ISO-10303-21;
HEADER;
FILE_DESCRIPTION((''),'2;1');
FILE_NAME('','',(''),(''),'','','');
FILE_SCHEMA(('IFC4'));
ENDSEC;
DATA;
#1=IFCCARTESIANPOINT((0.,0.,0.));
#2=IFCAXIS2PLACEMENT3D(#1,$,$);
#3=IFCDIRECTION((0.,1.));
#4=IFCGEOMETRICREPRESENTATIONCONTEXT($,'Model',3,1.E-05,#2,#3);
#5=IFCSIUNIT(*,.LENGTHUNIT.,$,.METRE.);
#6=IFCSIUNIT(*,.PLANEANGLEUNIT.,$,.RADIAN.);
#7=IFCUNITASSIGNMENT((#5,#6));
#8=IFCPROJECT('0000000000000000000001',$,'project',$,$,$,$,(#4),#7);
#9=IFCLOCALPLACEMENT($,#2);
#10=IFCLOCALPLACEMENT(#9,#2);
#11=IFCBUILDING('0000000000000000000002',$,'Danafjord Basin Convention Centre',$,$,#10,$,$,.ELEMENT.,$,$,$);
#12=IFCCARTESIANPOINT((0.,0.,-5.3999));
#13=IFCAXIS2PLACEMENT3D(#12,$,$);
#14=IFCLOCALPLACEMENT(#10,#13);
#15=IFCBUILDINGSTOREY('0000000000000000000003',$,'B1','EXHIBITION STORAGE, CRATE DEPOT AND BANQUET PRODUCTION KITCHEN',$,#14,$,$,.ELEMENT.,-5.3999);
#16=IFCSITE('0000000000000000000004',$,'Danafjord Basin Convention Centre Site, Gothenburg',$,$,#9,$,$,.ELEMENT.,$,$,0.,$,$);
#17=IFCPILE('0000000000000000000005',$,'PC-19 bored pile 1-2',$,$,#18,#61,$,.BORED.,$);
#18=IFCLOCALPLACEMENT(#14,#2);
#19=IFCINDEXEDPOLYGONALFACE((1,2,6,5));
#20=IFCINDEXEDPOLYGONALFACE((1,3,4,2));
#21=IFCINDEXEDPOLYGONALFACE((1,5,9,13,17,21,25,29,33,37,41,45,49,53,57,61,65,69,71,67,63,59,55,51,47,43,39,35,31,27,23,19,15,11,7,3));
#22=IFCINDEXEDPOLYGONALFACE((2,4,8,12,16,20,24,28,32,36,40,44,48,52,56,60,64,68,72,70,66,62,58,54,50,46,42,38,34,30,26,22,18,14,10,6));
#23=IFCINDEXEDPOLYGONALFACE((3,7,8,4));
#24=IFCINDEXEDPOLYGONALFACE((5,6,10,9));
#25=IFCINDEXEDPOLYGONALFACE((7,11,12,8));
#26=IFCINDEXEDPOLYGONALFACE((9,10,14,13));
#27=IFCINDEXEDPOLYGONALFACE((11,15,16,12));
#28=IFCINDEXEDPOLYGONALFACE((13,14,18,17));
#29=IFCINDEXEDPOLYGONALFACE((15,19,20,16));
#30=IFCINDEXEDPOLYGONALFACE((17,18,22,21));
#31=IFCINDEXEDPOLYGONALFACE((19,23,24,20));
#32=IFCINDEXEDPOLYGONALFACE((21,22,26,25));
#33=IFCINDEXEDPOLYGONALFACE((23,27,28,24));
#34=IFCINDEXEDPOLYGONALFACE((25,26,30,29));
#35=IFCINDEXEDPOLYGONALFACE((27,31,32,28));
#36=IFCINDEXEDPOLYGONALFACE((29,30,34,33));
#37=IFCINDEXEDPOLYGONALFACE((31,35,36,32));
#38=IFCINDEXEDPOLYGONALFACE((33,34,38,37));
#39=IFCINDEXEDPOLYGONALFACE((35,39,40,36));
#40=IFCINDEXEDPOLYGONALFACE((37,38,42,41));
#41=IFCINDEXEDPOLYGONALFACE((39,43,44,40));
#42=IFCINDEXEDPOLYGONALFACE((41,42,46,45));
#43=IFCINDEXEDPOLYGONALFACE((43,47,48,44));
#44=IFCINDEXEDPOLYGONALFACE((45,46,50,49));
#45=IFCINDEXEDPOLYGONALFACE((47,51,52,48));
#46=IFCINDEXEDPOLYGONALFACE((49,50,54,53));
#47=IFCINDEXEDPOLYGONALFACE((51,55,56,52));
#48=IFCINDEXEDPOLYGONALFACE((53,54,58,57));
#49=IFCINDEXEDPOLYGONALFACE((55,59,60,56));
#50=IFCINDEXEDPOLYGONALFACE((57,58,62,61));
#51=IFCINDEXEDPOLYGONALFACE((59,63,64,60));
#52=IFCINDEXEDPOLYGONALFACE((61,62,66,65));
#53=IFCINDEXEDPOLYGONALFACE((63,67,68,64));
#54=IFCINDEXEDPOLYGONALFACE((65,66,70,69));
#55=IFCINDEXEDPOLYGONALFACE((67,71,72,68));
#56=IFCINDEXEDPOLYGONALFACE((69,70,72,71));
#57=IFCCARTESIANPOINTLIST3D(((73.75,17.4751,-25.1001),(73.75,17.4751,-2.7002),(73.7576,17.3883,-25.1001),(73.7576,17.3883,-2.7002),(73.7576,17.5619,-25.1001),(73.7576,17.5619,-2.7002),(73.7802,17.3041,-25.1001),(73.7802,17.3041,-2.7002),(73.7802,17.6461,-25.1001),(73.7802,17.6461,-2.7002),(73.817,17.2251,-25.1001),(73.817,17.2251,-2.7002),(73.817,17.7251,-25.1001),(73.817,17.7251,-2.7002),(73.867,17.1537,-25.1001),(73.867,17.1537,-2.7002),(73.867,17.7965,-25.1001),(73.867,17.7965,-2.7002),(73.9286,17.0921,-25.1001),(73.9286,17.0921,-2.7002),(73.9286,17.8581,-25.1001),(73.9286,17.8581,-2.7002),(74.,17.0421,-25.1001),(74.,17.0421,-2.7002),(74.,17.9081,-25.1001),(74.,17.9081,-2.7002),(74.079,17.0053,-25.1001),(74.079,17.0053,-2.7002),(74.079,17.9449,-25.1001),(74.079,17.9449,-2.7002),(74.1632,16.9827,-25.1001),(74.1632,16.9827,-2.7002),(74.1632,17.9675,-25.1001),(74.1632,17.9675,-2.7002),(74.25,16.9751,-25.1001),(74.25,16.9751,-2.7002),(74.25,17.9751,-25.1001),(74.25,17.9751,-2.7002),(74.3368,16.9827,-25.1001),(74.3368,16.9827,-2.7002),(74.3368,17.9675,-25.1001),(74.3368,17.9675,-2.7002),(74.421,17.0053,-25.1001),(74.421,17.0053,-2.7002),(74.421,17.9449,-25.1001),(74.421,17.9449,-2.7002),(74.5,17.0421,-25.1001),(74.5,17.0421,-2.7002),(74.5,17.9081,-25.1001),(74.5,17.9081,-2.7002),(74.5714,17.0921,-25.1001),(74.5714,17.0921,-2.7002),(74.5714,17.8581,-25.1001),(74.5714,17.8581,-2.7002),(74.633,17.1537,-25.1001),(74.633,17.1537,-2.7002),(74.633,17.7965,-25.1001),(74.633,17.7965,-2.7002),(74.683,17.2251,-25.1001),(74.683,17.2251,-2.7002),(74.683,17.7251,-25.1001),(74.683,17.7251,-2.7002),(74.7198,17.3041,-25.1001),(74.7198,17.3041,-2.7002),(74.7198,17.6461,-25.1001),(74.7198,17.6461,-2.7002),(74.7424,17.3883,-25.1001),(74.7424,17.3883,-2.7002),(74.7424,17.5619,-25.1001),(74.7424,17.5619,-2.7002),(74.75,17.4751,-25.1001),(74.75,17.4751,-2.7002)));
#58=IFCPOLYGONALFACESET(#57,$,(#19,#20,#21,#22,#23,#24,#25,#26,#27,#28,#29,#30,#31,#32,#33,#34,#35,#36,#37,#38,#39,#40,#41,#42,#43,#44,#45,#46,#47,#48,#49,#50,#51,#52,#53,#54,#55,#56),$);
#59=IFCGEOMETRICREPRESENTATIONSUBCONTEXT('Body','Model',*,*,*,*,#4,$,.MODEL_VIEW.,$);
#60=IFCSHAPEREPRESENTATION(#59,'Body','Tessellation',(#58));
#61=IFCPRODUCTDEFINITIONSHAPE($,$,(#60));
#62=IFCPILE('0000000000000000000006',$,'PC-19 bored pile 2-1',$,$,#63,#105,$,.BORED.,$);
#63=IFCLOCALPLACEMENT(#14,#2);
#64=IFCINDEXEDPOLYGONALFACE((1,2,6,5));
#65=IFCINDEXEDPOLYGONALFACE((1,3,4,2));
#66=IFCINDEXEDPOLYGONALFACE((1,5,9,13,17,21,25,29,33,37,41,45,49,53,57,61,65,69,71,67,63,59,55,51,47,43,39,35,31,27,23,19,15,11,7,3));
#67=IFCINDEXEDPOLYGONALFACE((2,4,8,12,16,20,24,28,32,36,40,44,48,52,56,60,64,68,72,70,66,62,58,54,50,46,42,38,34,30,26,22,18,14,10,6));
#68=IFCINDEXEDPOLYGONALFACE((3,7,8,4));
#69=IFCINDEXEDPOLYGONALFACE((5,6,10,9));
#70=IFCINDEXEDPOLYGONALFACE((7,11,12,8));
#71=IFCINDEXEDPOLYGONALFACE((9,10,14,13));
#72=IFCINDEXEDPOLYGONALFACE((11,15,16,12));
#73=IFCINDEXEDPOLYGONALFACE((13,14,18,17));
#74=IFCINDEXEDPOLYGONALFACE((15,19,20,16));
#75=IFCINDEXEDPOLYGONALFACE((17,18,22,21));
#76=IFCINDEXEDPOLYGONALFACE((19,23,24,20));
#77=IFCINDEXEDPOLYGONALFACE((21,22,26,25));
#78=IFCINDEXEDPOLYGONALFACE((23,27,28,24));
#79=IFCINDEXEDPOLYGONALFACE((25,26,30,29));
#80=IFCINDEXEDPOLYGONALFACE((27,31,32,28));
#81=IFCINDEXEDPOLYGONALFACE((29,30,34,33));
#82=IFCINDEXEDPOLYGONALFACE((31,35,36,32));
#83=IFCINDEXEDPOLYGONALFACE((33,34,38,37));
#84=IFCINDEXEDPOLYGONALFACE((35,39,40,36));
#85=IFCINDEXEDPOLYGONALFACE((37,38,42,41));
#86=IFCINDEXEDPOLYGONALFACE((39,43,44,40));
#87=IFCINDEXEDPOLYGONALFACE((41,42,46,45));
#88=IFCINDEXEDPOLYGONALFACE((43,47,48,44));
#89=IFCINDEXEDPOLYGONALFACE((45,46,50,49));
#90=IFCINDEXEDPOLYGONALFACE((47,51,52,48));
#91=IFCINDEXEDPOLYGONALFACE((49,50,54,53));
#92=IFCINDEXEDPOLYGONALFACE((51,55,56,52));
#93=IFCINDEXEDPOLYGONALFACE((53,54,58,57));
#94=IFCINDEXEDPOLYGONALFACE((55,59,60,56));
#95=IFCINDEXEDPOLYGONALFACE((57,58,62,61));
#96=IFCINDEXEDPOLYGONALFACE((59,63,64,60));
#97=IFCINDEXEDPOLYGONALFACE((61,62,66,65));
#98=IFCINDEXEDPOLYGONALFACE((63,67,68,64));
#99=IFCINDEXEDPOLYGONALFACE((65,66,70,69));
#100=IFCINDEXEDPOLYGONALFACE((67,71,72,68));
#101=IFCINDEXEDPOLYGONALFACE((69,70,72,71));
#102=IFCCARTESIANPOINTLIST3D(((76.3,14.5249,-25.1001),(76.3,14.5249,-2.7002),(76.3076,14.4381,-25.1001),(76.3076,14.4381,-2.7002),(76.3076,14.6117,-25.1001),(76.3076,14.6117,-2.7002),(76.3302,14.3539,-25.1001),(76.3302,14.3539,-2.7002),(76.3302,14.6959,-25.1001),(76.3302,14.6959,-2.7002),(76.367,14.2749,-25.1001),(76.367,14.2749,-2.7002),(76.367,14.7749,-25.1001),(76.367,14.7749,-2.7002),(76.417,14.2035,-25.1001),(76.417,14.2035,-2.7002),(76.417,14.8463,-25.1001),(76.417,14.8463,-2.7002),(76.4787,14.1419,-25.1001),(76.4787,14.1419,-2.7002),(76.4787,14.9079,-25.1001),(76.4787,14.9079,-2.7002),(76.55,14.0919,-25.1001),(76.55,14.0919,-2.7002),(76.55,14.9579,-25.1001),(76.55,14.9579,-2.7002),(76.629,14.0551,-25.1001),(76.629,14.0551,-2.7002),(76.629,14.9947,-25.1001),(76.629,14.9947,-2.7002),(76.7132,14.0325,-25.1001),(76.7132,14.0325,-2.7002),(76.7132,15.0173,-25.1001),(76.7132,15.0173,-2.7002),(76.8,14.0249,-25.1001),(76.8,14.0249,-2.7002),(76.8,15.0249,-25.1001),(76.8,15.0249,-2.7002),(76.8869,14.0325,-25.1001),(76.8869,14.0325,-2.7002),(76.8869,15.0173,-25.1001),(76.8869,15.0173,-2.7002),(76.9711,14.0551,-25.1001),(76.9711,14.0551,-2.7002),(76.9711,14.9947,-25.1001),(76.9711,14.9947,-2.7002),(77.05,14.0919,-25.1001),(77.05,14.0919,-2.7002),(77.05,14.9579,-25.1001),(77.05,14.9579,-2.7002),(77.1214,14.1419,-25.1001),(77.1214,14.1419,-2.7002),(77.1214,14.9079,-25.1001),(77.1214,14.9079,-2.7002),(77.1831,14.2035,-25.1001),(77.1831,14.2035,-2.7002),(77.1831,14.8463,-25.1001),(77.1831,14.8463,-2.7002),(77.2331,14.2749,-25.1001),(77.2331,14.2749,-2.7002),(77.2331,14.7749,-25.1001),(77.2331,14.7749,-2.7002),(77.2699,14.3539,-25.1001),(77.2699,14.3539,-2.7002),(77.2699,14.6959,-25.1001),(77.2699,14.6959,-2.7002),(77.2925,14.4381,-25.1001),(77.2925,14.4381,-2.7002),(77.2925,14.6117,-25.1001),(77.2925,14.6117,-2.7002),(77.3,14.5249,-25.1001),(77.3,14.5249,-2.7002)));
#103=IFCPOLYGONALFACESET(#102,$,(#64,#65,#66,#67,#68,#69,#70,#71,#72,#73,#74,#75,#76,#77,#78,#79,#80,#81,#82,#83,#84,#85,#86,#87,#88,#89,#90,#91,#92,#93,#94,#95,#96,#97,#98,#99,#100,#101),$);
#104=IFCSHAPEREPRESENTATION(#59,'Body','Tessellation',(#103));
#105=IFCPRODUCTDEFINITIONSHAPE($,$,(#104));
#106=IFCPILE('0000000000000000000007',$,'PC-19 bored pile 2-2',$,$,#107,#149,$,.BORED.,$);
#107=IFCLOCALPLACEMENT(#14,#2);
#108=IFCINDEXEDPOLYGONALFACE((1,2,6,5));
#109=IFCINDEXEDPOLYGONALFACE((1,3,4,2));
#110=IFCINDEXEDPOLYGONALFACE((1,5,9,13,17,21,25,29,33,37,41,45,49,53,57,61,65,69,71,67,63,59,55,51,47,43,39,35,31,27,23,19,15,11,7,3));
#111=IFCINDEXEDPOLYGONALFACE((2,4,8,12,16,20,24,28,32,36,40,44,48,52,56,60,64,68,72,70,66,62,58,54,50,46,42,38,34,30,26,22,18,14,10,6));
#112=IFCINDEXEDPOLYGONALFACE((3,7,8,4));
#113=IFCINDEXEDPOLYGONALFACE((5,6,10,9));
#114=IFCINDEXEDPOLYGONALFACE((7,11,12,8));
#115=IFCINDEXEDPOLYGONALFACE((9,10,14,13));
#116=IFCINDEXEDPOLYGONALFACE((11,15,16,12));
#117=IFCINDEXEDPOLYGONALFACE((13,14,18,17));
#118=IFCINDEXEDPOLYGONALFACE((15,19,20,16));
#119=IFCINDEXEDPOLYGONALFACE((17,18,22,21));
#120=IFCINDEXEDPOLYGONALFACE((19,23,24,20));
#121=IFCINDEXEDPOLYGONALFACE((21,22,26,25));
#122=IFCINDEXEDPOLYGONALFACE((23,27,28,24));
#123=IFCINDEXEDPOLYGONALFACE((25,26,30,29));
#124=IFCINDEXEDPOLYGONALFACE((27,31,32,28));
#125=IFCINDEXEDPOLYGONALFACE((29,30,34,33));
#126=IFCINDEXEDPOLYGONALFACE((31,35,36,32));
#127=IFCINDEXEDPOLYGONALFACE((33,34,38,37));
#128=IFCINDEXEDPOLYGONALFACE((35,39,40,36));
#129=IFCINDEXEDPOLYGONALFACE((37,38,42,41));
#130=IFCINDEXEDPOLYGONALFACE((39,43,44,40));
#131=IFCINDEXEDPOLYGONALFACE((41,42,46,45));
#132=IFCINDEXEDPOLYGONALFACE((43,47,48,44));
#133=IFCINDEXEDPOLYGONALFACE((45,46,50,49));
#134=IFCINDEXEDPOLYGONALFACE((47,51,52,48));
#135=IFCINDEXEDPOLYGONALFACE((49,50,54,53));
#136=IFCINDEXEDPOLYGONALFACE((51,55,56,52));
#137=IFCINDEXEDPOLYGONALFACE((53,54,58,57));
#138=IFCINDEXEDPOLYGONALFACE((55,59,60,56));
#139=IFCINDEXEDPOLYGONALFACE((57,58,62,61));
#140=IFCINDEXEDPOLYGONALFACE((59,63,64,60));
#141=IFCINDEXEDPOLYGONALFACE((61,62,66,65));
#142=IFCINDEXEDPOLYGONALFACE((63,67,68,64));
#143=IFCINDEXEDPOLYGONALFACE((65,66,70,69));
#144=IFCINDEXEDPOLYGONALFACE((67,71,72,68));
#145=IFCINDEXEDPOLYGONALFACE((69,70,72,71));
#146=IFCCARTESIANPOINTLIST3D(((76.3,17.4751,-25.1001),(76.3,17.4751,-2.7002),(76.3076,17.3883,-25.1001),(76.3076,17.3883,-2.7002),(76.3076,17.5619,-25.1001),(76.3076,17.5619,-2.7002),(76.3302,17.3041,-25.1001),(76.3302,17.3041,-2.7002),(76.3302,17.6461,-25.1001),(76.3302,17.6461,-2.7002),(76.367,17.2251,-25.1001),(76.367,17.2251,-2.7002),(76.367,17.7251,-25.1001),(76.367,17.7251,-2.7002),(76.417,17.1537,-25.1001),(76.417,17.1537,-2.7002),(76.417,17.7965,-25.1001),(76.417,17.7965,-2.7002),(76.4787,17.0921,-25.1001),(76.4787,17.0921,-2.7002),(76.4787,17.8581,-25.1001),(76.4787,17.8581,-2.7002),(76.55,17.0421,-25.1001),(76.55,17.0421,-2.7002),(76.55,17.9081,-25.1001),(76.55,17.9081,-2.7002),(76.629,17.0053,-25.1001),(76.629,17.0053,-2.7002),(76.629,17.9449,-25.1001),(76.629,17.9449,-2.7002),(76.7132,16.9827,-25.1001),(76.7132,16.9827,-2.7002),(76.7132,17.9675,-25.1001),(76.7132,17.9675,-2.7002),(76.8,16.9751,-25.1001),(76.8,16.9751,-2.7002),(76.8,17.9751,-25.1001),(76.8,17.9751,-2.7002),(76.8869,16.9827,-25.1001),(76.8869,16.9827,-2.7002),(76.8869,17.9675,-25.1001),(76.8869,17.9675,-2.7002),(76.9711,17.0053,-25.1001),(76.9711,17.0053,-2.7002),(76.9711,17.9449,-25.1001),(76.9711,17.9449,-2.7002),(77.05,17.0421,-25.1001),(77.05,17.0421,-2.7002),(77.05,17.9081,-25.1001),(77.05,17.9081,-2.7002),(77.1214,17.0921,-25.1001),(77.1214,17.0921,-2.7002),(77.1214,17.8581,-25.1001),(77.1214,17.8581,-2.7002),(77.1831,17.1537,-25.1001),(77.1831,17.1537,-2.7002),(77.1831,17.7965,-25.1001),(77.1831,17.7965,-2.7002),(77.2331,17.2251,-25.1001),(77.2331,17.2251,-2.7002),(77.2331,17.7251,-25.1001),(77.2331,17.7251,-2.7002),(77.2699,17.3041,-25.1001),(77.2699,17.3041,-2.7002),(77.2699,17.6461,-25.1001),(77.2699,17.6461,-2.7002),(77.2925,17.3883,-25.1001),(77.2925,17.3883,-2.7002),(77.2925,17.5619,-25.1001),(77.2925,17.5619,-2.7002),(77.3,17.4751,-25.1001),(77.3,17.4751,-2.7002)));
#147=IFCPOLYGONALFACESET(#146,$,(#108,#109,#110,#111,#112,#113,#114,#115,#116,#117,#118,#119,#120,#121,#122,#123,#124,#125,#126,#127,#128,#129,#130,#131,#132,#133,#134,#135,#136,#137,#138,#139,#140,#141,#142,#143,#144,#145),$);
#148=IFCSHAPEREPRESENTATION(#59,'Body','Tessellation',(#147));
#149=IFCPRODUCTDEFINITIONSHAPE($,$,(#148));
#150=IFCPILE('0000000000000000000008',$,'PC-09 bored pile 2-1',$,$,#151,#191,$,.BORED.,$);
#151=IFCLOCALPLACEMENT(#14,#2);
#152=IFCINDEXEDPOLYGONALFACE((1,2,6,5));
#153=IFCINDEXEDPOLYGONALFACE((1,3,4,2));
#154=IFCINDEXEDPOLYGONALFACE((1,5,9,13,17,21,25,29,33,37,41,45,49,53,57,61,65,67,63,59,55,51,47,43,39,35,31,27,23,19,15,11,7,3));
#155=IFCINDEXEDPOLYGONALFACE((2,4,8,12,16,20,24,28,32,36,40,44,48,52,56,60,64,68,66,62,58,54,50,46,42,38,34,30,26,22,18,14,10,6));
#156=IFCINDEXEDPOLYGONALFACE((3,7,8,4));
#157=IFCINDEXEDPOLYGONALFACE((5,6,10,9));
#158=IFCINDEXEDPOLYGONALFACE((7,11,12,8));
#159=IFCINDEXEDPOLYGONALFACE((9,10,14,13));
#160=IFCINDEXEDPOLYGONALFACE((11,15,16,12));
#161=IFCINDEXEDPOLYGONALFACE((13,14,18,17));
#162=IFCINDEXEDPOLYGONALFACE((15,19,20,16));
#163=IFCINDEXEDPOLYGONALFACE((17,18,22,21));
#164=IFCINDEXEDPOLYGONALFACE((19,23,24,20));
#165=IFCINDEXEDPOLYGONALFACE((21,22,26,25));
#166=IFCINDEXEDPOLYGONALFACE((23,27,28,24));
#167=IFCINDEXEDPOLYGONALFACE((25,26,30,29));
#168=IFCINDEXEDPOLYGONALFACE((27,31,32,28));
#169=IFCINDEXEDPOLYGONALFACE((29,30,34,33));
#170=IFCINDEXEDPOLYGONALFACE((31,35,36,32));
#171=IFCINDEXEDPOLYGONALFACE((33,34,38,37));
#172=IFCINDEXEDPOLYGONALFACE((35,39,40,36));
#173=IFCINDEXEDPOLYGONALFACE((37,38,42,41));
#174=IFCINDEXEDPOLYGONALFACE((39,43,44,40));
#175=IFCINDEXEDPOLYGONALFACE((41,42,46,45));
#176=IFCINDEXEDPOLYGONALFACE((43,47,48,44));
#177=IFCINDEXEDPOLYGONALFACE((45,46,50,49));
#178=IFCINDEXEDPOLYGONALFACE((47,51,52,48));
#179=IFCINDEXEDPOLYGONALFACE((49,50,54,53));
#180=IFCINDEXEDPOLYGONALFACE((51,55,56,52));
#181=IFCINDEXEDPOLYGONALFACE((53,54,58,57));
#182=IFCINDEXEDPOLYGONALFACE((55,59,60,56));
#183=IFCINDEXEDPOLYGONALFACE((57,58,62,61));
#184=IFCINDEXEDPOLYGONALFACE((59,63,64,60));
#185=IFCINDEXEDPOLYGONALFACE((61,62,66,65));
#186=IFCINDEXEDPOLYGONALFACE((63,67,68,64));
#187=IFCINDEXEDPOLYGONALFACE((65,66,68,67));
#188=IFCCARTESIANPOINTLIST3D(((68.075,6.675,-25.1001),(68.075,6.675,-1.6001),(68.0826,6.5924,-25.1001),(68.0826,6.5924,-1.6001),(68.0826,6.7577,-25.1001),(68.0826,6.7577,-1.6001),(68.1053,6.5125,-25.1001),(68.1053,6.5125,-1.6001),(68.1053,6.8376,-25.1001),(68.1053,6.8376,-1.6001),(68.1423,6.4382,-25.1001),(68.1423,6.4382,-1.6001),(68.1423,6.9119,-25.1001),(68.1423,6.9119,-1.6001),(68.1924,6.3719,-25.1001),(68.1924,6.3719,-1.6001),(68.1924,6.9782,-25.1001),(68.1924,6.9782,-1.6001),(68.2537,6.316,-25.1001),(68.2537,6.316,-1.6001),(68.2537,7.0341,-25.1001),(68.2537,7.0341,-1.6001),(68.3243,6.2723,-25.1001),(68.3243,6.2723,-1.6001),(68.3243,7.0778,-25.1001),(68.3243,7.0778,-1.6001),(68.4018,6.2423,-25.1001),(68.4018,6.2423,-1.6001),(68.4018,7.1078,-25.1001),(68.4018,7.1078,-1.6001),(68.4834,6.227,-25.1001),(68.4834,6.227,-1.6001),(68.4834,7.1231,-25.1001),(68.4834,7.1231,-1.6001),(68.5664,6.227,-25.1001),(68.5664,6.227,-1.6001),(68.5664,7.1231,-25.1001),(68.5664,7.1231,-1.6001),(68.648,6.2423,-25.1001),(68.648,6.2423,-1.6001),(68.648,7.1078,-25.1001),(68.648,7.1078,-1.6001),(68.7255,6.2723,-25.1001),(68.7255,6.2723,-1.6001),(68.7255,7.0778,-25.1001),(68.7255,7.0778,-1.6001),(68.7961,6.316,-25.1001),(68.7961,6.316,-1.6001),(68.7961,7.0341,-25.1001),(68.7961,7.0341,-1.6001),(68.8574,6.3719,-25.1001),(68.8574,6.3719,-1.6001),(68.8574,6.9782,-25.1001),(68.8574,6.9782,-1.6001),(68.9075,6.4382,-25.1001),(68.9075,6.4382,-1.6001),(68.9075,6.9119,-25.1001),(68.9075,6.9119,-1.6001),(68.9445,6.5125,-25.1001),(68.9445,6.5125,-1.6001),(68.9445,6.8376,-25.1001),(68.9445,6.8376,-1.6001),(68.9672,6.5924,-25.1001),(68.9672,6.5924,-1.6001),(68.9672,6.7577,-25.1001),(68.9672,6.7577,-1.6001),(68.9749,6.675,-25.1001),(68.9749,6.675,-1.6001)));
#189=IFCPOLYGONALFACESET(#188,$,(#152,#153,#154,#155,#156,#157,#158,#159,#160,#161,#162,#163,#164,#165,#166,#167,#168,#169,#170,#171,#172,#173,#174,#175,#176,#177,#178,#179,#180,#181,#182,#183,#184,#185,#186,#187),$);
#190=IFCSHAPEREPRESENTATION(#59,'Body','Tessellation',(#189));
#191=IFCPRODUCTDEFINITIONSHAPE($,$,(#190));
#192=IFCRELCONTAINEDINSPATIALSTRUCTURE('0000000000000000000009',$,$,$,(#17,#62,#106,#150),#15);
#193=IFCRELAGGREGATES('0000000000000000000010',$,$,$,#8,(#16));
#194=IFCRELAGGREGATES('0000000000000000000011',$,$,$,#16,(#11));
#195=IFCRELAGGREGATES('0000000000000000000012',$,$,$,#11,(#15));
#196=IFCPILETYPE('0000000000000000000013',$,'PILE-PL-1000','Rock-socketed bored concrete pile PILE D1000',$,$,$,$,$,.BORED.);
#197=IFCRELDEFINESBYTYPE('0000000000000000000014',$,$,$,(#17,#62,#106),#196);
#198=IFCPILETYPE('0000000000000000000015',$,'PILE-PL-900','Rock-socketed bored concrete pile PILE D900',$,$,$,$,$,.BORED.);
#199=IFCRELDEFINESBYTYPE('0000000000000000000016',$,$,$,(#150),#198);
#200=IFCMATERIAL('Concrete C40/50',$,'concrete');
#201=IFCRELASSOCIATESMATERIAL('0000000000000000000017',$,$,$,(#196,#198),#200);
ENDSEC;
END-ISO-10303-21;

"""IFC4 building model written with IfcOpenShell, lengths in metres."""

from ifc_helpers import new_model, si_unit, direction, frame, origin, origin_2d, place, context, subcontext, project, spatial, circle, extrude, material, material_profile, profile_set, type_object, element, save


model = new_model("IFC4")

# Units and contexts
model_context = context("Model", 3, precision=1e-05, world=origin(), true_north=direction((0.0, 1.0)))
body_context = subcontext(model_context, "Body", "Model", "MODEL_VIEW")
ifc_project = project(units=[si_unit("LENGTHUNIT", "METRE"), si_unit("PLANEANGLEUNIT", "RADIAN")], contexts=[model_context])

# Site, building, storey
site_placement = place(None, origin())
site = spatial("IfcSite", under=ifc_project, at=site_placement, Name="Danafjord Basin Convention Centre Site, Gothenburg", CompositionType="ELEMENT", RefElevation=0.0)
building_placement = place(site_placement, origin())
building = spatial("IfcBuilding", under=site, at=building_placement, Name="Danafjord Basin Convention Centre", CompositionType="ELEMENT")
storey_placement = place(building_placement, frame((0.0, 0.0, -5.3999)))
storey = spatial("IfcBuildingStorey", under=building, at=storey_placement, Name="B1", Description="EXHIBITION STORAGE, CRATE DEPOT AND BANQUET PRODUCTION KITCHEN", CompositionType="ELEMENT", Elevation=-5.3999)

# Shared definitions
ifc_material_1 = material(Name="Concrete C40/50", Category="concrete")

# Piles
ifc_material_profile_1 = material_profile(ifc_material_1, circle(Radius=0.5, at=origin_2d()), Name="PILE D1000")
ifc_profile_set_1 = profile_set([ifc_material_profile_1], Name="Concrete C40/50")
pile_type_1 = type_object("IfcPileType", Name="PILE-PL-1000", Description="Rock-socketed bored concrete pile PILE D1000", PredefinedType="BORED", material=ifc_profile_set_1)
for number, where, z_axis, x_axis, name in (
    (1, (74.25, 17.4751, -2.7002), (0.0, 0.0, -1.0), (1.0, 0.0, 0.0), "PC-19 bored pile 1-2"),
    (2, (76.8, 14.5249, -2.7002), (0.0, 0.0, -1.0), (1.0, 0.0, 0.0), "PC-19 bored pile 2-1"),
    (3, (76.8, 17.4751, -2.7002), (0.0, 0.0, -1.0), (1.0, 0.0, 0.0), "PC-19 bored pile 2-2"),
):
    element("IfcPile", number, at=place(storey_placement, frame(where, z_axis=z_axis, x_axis=x_axis)), inside=storey, type_object=pile_type_1, Name=name, PredefinedType="BORED", context=body_context, shape_type="SweptSolid", body=[
        extrude(circle(Radius=0.5, at=origin_2d()), origin(), (0.0, 0.0, 1.0), 22.3999),
    ])
ifc_material_profile_2 = material_profile(ifc_material_1, circle(Radius=0.45, at=origin_2d()), Name="PILE D900")
ifc_profile_set_2 = profile_set([ifc_material_profile_2], Name="Concrete C40/50")
pile_type_2 = type_object("IfcPileType", Name="PILE-PL-900", Description="Rock-socketed bored concrete pile PILE D900", PredefinedType="BORED", material=ifc_profile_set_2)
for number, where, z_axis, x_axis, name in (
    (4, (68.5249, 6.675, -1.6001), (0.0, 0.0, -1.0), (1.0, 0.0, 0.0), "PC-09 bored pile 2-1"),
):
    element("IfcPile", number, at=place(storey_placement, frame(where, z_axis=z_axis, x_axis=x_axis)), inside=storey, type_object=pile_type_2, Name=name, PredefinedType="BORED", context=body_context, shape_type="SweptSolid", body=[
        extrude(circle(Radius=0.45, at=origin_2d()), origin(), (0.0, 0.0, 1.0), 23.5),
    ])

save(model, "model.ifc")
